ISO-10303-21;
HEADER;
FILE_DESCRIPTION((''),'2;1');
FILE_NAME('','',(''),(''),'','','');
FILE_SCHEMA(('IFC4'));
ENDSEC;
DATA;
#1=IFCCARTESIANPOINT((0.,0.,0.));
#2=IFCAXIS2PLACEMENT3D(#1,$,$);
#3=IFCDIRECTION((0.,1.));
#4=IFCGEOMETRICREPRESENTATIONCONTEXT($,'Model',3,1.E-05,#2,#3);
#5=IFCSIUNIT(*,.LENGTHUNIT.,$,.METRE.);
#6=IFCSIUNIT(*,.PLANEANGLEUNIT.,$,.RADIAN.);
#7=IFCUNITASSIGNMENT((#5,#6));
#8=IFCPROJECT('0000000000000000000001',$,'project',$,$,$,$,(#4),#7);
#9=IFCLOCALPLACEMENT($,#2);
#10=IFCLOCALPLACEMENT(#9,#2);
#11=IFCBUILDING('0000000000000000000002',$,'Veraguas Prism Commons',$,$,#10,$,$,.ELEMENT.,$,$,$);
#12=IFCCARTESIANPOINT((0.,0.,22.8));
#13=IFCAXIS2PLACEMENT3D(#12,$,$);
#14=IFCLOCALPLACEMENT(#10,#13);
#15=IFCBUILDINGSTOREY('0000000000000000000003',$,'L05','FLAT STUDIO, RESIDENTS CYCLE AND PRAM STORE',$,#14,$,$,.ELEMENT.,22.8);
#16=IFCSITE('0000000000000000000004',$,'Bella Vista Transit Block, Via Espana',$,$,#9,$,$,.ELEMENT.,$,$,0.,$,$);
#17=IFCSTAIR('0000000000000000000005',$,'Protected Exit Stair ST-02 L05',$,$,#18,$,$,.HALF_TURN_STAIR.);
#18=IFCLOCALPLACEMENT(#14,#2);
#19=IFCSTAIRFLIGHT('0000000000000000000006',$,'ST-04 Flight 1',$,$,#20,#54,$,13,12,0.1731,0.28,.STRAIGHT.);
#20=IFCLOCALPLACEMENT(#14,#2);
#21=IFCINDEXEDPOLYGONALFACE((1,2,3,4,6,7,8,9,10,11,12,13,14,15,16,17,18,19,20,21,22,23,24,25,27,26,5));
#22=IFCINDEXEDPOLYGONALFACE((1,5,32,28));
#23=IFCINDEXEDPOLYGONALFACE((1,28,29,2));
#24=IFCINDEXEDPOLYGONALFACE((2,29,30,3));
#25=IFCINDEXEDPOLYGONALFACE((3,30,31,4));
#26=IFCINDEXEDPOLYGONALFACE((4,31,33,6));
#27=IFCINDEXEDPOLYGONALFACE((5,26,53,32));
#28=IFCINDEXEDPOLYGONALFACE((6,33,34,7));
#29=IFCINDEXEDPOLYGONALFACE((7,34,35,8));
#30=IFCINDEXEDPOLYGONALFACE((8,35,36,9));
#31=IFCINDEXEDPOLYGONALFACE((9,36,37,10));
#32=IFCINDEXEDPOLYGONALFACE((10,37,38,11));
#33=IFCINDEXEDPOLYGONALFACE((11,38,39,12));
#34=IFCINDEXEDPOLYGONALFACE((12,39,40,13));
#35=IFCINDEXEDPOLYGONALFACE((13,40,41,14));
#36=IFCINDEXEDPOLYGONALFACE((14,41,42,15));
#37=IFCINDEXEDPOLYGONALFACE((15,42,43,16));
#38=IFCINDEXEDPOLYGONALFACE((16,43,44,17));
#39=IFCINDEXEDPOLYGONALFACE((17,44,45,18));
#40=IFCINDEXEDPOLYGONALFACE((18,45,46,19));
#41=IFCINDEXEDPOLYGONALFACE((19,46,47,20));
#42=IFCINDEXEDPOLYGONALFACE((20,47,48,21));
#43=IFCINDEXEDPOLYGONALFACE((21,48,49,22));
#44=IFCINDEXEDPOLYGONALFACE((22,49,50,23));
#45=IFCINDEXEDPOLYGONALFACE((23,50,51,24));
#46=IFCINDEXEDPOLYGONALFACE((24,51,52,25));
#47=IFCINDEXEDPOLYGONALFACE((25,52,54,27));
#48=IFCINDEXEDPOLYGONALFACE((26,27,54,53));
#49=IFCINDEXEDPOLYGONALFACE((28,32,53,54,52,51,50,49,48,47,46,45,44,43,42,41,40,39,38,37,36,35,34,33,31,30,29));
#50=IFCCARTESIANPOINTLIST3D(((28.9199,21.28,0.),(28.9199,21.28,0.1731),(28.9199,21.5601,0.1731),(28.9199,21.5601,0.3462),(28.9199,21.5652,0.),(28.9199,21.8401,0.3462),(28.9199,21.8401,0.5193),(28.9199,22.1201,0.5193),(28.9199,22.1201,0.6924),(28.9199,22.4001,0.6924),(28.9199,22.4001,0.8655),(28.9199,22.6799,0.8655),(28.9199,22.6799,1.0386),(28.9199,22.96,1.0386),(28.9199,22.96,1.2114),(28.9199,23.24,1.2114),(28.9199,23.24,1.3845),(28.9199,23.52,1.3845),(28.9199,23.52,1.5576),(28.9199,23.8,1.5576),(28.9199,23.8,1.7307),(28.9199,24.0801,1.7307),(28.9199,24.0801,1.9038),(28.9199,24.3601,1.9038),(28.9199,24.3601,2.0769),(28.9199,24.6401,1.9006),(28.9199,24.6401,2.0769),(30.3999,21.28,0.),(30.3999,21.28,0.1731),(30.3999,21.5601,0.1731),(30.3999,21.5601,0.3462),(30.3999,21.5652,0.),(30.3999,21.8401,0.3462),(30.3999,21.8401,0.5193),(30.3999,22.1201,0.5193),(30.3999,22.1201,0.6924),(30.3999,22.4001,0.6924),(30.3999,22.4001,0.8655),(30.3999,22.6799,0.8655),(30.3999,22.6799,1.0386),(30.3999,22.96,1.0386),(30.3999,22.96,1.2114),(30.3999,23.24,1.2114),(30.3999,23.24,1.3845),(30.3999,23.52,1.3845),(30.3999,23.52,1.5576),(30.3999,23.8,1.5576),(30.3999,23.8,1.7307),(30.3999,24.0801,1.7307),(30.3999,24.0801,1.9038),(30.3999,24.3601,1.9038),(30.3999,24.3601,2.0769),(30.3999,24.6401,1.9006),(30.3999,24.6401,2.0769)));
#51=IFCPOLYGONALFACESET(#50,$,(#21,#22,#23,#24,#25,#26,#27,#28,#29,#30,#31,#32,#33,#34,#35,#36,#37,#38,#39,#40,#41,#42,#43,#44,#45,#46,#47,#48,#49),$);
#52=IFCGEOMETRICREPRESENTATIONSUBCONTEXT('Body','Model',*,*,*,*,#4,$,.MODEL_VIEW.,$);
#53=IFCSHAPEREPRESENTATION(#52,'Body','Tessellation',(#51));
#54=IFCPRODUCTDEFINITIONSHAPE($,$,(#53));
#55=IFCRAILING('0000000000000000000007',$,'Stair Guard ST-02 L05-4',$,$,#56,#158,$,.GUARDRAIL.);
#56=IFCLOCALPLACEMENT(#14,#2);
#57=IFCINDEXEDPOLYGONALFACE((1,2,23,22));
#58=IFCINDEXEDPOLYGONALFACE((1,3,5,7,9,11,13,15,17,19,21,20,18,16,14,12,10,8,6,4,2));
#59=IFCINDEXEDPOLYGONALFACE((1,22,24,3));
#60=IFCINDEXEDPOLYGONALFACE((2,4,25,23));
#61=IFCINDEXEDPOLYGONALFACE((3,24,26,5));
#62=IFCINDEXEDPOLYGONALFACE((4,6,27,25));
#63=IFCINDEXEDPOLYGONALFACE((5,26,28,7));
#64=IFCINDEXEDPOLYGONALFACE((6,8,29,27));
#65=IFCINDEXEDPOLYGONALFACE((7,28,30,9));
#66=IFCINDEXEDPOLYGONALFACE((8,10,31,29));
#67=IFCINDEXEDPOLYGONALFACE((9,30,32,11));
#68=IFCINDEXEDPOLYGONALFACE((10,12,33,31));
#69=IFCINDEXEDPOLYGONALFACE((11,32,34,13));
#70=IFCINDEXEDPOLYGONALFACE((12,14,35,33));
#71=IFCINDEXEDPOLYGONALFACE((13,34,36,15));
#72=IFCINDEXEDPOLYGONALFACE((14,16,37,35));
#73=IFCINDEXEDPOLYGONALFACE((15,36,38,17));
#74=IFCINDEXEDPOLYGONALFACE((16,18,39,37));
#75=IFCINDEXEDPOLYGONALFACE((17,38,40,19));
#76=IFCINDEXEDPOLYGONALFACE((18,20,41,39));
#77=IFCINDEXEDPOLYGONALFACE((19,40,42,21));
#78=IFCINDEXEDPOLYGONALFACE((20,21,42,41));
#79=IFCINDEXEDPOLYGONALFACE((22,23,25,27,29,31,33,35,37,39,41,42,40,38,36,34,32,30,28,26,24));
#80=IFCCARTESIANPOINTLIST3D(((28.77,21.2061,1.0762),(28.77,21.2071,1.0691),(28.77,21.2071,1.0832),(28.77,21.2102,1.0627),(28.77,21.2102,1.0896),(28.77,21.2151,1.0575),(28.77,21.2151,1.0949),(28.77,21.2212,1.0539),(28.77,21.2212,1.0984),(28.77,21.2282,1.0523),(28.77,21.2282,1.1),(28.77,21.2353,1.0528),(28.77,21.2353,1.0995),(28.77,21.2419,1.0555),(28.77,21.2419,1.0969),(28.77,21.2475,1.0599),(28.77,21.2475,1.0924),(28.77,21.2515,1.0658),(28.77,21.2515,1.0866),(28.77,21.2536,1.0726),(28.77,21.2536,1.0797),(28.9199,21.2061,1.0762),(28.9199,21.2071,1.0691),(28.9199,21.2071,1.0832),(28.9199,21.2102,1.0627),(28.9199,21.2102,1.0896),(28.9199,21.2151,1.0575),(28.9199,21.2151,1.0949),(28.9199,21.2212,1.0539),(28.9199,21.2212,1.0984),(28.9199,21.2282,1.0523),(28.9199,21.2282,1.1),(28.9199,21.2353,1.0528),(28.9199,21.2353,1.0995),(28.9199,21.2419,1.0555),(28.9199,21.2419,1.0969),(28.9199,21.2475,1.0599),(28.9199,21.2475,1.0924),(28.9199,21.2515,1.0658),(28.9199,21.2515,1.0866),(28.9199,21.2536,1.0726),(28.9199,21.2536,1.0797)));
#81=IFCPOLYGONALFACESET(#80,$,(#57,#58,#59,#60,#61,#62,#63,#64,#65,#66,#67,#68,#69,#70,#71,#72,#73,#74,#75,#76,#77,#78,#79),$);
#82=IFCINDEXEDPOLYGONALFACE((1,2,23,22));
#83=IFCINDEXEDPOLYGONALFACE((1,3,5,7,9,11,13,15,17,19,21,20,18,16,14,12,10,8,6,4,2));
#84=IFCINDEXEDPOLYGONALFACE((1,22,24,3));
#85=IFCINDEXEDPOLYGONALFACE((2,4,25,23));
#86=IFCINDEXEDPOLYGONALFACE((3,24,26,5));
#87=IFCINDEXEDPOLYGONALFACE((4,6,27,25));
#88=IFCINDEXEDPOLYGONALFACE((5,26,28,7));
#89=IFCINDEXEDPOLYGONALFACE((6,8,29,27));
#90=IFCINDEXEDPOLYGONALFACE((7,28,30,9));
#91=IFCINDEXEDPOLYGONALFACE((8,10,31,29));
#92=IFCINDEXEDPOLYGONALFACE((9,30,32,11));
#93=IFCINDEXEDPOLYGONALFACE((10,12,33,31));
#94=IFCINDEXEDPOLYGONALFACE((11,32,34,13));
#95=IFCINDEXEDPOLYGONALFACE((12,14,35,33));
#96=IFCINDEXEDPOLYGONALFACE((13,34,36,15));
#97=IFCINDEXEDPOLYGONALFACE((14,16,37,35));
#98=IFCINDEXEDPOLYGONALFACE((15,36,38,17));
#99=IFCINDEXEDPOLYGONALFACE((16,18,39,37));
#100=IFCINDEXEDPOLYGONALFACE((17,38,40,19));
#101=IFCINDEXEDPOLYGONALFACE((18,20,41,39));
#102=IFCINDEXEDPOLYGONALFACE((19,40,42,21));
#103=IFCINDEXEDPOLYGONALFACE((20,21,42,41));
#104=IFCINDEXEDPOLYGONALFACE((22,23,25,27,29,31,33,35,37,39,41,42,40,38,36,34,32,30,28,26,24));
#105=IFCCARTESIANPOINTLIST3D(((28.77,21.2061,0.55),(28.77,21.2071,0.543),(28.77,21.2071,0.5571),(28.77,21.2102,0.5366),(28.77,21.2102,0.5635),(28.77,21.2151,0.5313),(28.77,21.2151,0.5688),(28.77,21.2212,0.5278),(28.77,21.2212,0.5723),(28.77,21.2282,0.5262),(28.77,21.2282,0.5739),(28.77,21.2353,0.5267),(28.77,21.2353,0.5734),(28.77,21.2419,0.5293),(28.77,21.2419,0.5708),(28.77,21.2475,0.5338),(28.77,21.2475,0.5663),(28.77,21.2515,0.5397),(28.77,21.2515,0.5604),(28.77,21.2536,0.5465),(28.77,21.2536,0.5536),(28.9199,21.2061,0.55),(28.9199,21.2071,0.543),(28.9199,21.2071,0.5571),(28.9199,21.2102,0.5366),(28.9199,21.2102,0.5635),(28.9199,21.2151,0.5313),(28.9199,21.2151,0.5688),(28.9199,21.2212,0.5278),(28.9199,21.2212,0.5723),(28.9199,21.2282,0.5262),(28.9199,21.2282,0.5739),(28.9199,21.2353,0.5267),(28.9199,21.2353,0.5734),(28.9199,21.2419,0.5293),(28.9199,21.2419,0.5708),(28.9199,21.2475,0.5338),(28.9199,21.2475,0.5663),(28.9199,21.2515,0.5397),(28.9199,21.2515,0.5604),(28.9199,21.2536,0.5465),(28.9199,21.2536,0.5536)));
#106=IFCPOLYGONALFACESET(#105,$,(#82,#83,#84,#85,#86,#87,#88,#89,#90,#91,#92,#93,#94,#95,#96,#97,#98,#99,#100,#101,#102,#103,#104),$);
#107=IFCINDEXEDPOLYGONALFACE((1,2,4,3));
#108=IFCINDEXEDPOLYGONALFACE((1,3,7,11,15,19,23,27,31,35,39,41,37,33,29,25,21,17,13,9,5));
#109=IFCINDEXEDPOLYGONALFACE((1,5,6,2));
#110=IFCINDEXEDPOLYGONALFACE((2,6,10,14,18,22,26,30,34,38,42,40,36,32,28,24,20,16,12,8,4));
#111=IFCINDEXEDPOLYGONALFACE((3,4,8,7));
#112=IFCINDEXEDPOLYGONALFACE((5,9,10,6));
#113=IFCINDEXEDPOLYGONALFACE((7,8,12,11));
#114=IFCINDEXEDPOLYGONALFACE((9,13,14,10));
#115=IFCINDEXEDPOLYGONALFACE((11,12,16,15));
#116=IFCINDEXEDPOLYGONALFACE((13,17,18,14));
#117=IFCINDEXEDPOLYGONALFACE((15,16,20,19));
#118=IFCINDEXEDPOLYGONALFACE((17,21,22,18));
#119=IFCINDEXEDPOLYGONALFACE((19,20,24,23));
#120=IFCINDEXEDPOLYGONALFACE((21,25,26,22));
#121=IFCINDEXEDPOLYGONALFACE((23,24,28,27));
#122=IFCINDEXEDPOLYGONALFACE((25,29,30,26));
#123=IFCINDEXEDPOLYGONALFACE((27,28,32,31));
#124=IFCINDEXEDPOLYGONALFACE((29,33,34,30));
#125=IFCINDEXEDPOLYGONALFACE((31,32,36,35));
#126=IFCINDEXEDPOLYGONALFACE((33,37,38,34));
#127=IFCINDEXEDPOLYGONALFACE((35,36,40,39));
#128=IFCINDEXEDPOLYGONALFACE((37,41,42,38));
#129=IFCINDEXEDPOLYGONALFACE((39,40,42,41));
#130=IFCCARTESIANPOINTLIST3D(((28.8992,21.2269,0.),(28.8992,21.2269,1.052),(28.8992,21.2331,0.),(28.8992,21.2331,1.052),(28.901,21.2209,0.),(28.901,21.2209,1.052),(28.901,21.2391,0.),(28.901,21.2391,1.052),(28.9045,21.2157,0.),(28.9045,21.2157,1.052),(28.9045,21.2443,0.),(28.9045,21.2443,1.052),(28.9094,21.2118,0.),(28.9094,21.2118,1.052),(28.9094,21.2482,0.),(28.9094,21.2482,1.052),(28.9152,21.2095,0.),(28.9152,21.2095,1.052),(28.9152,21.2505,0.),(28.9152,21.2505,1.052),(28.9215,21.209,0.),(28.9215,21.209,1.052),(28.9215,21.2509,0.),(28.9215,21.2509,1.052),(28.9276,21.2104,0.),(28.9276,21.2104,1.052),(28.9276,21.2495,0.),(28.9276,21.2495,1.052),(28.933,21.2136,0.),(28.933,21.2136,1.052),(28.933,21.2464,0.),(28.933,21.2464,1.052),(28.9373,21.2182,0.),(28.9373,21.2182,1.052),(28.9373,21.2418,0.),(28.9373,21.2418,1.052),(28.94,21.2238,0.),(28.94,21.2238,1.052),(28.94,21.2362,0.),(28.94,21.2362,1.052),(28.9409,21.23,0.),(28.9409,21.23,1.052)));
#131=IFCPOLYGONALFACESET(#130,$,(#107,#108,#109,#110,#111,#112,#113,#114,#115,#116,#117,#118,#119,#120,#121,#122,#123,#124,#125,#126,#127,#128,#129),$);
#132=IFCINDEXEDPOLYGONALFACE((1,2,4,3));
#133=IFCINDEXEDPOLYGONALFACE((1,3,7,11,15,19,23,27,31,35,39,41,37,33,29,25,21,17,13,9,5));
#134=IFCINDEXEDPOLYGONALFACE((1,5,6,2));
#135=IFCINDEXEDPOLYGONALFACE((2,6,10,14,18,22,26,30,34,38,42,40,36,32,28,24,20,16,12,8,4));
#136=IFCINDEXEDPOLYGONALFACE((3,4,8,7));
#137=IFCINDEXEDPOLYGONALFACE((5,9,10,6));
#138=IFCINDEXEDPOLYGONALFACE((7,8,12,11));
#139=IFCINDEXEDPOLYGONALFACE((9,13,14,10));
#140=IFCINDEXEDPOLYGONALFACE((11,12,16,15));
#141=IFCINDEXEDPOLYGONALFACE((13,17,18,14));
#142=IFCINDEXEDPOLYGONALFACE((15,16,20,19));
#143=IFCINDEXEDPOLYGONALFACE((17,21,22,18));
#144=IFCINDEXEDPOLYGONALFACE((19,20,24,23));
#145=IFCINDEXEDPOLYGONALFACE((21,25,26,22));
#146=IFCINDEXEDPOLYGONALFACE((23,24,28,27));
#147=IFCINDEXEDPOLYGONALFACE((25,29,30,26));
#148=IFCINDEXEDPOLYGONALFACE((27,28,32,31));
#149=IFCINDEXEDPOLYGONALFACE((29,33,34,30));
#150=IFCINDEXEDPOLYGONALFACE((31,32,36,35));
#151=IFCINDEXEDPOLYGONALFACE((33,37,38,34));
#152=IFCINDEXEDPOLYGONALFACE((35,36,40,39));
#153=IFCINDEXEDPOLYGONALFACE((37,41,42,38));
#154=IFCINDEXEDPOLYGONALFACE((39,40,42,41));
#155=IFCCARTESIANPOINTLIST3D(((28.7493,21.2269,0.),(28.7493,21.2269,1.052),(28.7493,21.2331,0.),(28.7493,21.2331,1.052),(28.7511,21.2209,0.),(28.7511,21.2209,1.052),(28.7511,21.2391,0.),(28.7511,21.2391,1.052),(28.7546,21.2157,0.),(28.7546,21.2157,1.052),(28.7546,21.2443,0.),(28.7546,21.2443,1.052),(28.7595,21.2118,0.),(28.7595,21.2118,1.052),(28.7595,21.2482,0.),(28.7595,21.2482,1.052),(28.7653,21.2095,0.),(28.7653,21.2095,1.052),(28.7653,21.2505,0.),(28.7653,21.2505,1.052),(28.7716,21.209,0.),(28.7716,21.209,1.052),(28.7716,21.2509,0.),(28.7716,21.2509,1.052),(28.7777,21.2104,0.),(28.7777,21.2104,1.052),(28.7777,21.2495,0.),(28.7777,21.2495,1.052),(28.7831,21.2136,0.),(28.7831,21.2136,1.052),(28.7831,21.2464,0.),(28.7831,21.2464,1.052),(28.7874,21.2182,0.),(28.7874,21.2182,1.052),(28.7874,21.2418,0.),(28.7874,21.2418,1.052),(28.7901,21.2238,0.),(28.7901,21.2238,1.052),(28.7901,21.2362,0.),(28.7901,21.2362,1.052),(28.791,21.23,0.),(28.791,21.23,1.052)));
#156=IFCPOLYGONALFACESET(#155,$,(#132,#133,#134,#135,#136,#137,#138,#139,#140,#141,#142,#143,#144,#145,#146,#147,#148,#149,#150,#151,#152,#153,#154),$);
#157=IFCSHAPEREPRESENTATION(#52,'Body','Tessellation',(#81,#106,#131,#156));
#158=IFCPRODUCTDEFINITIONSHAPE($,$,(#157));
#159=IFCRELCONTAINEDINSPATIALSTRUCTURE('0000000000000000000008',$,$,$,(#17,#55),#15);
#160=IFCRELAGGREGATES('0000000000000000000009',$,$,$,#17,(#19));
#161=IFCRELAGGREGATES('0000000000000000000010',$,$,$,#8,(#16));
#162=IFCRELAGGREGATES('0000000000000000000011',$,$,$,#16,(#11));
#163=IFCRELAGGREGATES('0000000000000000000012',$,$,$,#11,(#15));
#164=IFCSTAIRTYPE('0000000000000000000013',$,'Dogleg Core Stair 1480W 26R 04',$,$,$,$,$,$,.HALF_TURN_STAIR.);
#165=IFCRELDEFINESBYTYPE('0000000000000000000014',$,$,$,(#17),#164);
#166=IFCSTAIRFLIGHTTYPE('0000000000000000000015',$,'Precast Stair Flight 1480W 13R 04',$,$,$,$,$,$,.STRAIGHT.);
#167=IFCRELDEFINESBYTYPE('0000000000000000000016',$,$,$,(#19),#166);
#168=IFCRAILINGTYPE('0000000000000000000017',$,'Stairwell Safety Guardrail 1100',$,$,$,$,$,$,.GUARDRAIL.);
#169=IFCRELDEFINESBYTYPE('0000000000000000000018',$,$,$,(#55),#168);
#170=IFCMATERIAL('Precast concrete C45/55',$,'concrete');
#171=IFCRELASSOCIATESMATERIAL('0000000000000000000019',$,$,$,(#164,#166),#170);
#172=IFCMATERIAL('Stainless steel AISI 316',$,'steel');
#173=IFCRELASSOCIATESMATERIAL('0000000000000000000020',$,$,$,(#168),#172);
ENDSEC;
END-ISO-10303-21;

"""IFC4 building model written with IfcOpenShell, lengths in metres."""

from ifc_helpers import new_model, si_unit, direction, frame, origin, origin_2d, place, context, subcontext, project, spatial, polyline, circle, outline, extrude, material, type_object, element, aggregate, save


model = new_model("IFC4")

# Units and contexts
model_context = context("Model", 3, precision=1e-05, world=origin(), true_north=direction((0.0, 1.0)))
body_context = subcontext(model_context, "Body", "Model", "MODEL_VIEW")
ifc_project = project(units=[si_unit("LENGTHUNIT", "METRE"), si_unit("PLANEANGLEUNIT", "RADIAN")], contexts=[model_context])

# Site, building, storey
site_placement = place(None, origin())
site = spatial("IfcSite", under=ifc_project, at=site_placement, Name="Bella Vista Transit Block, Via Espana", CompositionType="ELEMENT", RefElevation=0.0)
building_placement = place(site_placement, origin())
building = spatial("IfcBuilding", under=site, at=building_placement, Name="Veraguas Prism Commons", CompositionType="ELEMENT")
storey_placement = place(building_placement, frame((0.0, 0.0, 22.8)))
storey = spatial("IfcBuildingStorey", under=building, at=storey_placement, Name="L05", Description="FLAT STUDIO, RESIDENTS CYCLE AND PRAM STORE", CompositionType="ELEMENT", Elevation=22.8)

# Shared definitions
ifc_material_1 = material(Name="Stainless steel AISI 316", Category="steel")

# Stair, stair flight
ifc_material_2 = material(Name="Precast concrete C45/55", Category="concrete")
stair_type = type_object("IfcStairType", Name="Dogleg Core Stair 1480W 26R 04", PredefinedType="HALF_TURN_STAIR", material=ifc_material_2)
stair_placement = place(storey_placement, origin())
stair = element("IfcStair", 1, at=stair_placement, inside=storey, type_object=stair_type, Name="Protected Exit Stair ST-02 L05", PredefinedType="HALF_TURN_STAIR")
stair_flight_type = type_object("IfcStairFlightType", Name="Precast Stair Flight 1480W 13R 04", PredefinedType="STRAIGHT", material=ifc_material_2)
stair_flight_placement = place(storey_placement, frame((29.6599, 21.28, 0.0), z_axis=(0.0, 0.0, 1.0), x_axis=(0.0, 1.0, 0.0)))
stair_flight = element("IfcStairFlight", 2, at=stair_flight_placement, type_object=stair_flight_type, Name="ST-04 Flight 1", NumberOfRisers=13, NumberOfTreads=12, PredefinedType="STRAIGHT", RiserHeight=0.1731, TreadLength=0.28, context=body_context, shape_type="SweptSolid", body=[
    extrude(outline(polyline([(0.0, 0.0), (0.0, 0.1731), (0.28, 0.1731), (0.28, 0.3462), (0.5601, 0.3462), (0.5601, 0.5193), (0.8401, 0.5193), (0.8401, 0.6924), (1.1201, 0.6924), (1.1201, 0.8655), (1.3999, 0.8655), (1.3999, 1.0386), (1.6799, 1.0386), (1.6799, 1.2114), (1.96, 1.2114), (1.96, 1.3845), (2.24, 1.3845), (2.24, 1.5576), (2.52, 1.5576), (2.52, 1.7307), (2.8, 1.7307), (2.8, 1.9038), (3.0801, 1.9038), (3.0801, 2.0769), (3.3601, 2.0769), (3.3601, 2.25), (3.3601, 1.9006), (0.2852, 0.0), (0.0, 0.0)])), frame((0.0, 0.74, 0.0), z_axis=(0.0, -1.0, 0.0), x_axis=(1.0, 0.0, 0.0)), (0.0, 0.0, 1.0), 1.48),
])
aggregate(stair, [stair_flight])

# Railing
railing_type = type_object("IfcRailingType", Name="Stairwell Safety Guardrail 1100", PredefinedType="GUARDRAIL", material=ifc_material_1)
railing_1_placement = place(storey_placement, frame((28.9199, 21.23, 0.0)))
element("IfcRailing", 3, at=railing_1_placement, inside=storey, type_object=railing_type, Name="Stair Guard ST-02 L05-4", PredefinedType="GUARDRAIL", context=body_context, shape_type="SweptSolid", body=[
    extrude(circle(Radius=0.0239, at=origin_2d()), frame((0.0, 0.0, 1.0762), z_axis=(-1.0, 0.0, 0.0), x_axis=(0.0, -1.0, 0.0)), (0.0, 0.0, 1.0), 0.1499),
    extrude(circle(Radius=0.0239, at=origin_2d()), frame((0.0, 0.0, 0.55), z_axis=(-1.0, 0.0, 0.0), x_axis=(0.0, -1.0, 0.0)), (0.0, 0.0, 1.0), 0.1499),
    extrude(circle(Radius=0.021, at=origin_2d()), origin(), (0.0, 0.0, 1.0), 1.052),
    extrude(circle(Radius=0.021, at=origin_2d()), frame((-0.1499, 0.0, 0.0)), (0.0, 0.0, 1.0), 1.052),
])

save(model, "model.ifc")
